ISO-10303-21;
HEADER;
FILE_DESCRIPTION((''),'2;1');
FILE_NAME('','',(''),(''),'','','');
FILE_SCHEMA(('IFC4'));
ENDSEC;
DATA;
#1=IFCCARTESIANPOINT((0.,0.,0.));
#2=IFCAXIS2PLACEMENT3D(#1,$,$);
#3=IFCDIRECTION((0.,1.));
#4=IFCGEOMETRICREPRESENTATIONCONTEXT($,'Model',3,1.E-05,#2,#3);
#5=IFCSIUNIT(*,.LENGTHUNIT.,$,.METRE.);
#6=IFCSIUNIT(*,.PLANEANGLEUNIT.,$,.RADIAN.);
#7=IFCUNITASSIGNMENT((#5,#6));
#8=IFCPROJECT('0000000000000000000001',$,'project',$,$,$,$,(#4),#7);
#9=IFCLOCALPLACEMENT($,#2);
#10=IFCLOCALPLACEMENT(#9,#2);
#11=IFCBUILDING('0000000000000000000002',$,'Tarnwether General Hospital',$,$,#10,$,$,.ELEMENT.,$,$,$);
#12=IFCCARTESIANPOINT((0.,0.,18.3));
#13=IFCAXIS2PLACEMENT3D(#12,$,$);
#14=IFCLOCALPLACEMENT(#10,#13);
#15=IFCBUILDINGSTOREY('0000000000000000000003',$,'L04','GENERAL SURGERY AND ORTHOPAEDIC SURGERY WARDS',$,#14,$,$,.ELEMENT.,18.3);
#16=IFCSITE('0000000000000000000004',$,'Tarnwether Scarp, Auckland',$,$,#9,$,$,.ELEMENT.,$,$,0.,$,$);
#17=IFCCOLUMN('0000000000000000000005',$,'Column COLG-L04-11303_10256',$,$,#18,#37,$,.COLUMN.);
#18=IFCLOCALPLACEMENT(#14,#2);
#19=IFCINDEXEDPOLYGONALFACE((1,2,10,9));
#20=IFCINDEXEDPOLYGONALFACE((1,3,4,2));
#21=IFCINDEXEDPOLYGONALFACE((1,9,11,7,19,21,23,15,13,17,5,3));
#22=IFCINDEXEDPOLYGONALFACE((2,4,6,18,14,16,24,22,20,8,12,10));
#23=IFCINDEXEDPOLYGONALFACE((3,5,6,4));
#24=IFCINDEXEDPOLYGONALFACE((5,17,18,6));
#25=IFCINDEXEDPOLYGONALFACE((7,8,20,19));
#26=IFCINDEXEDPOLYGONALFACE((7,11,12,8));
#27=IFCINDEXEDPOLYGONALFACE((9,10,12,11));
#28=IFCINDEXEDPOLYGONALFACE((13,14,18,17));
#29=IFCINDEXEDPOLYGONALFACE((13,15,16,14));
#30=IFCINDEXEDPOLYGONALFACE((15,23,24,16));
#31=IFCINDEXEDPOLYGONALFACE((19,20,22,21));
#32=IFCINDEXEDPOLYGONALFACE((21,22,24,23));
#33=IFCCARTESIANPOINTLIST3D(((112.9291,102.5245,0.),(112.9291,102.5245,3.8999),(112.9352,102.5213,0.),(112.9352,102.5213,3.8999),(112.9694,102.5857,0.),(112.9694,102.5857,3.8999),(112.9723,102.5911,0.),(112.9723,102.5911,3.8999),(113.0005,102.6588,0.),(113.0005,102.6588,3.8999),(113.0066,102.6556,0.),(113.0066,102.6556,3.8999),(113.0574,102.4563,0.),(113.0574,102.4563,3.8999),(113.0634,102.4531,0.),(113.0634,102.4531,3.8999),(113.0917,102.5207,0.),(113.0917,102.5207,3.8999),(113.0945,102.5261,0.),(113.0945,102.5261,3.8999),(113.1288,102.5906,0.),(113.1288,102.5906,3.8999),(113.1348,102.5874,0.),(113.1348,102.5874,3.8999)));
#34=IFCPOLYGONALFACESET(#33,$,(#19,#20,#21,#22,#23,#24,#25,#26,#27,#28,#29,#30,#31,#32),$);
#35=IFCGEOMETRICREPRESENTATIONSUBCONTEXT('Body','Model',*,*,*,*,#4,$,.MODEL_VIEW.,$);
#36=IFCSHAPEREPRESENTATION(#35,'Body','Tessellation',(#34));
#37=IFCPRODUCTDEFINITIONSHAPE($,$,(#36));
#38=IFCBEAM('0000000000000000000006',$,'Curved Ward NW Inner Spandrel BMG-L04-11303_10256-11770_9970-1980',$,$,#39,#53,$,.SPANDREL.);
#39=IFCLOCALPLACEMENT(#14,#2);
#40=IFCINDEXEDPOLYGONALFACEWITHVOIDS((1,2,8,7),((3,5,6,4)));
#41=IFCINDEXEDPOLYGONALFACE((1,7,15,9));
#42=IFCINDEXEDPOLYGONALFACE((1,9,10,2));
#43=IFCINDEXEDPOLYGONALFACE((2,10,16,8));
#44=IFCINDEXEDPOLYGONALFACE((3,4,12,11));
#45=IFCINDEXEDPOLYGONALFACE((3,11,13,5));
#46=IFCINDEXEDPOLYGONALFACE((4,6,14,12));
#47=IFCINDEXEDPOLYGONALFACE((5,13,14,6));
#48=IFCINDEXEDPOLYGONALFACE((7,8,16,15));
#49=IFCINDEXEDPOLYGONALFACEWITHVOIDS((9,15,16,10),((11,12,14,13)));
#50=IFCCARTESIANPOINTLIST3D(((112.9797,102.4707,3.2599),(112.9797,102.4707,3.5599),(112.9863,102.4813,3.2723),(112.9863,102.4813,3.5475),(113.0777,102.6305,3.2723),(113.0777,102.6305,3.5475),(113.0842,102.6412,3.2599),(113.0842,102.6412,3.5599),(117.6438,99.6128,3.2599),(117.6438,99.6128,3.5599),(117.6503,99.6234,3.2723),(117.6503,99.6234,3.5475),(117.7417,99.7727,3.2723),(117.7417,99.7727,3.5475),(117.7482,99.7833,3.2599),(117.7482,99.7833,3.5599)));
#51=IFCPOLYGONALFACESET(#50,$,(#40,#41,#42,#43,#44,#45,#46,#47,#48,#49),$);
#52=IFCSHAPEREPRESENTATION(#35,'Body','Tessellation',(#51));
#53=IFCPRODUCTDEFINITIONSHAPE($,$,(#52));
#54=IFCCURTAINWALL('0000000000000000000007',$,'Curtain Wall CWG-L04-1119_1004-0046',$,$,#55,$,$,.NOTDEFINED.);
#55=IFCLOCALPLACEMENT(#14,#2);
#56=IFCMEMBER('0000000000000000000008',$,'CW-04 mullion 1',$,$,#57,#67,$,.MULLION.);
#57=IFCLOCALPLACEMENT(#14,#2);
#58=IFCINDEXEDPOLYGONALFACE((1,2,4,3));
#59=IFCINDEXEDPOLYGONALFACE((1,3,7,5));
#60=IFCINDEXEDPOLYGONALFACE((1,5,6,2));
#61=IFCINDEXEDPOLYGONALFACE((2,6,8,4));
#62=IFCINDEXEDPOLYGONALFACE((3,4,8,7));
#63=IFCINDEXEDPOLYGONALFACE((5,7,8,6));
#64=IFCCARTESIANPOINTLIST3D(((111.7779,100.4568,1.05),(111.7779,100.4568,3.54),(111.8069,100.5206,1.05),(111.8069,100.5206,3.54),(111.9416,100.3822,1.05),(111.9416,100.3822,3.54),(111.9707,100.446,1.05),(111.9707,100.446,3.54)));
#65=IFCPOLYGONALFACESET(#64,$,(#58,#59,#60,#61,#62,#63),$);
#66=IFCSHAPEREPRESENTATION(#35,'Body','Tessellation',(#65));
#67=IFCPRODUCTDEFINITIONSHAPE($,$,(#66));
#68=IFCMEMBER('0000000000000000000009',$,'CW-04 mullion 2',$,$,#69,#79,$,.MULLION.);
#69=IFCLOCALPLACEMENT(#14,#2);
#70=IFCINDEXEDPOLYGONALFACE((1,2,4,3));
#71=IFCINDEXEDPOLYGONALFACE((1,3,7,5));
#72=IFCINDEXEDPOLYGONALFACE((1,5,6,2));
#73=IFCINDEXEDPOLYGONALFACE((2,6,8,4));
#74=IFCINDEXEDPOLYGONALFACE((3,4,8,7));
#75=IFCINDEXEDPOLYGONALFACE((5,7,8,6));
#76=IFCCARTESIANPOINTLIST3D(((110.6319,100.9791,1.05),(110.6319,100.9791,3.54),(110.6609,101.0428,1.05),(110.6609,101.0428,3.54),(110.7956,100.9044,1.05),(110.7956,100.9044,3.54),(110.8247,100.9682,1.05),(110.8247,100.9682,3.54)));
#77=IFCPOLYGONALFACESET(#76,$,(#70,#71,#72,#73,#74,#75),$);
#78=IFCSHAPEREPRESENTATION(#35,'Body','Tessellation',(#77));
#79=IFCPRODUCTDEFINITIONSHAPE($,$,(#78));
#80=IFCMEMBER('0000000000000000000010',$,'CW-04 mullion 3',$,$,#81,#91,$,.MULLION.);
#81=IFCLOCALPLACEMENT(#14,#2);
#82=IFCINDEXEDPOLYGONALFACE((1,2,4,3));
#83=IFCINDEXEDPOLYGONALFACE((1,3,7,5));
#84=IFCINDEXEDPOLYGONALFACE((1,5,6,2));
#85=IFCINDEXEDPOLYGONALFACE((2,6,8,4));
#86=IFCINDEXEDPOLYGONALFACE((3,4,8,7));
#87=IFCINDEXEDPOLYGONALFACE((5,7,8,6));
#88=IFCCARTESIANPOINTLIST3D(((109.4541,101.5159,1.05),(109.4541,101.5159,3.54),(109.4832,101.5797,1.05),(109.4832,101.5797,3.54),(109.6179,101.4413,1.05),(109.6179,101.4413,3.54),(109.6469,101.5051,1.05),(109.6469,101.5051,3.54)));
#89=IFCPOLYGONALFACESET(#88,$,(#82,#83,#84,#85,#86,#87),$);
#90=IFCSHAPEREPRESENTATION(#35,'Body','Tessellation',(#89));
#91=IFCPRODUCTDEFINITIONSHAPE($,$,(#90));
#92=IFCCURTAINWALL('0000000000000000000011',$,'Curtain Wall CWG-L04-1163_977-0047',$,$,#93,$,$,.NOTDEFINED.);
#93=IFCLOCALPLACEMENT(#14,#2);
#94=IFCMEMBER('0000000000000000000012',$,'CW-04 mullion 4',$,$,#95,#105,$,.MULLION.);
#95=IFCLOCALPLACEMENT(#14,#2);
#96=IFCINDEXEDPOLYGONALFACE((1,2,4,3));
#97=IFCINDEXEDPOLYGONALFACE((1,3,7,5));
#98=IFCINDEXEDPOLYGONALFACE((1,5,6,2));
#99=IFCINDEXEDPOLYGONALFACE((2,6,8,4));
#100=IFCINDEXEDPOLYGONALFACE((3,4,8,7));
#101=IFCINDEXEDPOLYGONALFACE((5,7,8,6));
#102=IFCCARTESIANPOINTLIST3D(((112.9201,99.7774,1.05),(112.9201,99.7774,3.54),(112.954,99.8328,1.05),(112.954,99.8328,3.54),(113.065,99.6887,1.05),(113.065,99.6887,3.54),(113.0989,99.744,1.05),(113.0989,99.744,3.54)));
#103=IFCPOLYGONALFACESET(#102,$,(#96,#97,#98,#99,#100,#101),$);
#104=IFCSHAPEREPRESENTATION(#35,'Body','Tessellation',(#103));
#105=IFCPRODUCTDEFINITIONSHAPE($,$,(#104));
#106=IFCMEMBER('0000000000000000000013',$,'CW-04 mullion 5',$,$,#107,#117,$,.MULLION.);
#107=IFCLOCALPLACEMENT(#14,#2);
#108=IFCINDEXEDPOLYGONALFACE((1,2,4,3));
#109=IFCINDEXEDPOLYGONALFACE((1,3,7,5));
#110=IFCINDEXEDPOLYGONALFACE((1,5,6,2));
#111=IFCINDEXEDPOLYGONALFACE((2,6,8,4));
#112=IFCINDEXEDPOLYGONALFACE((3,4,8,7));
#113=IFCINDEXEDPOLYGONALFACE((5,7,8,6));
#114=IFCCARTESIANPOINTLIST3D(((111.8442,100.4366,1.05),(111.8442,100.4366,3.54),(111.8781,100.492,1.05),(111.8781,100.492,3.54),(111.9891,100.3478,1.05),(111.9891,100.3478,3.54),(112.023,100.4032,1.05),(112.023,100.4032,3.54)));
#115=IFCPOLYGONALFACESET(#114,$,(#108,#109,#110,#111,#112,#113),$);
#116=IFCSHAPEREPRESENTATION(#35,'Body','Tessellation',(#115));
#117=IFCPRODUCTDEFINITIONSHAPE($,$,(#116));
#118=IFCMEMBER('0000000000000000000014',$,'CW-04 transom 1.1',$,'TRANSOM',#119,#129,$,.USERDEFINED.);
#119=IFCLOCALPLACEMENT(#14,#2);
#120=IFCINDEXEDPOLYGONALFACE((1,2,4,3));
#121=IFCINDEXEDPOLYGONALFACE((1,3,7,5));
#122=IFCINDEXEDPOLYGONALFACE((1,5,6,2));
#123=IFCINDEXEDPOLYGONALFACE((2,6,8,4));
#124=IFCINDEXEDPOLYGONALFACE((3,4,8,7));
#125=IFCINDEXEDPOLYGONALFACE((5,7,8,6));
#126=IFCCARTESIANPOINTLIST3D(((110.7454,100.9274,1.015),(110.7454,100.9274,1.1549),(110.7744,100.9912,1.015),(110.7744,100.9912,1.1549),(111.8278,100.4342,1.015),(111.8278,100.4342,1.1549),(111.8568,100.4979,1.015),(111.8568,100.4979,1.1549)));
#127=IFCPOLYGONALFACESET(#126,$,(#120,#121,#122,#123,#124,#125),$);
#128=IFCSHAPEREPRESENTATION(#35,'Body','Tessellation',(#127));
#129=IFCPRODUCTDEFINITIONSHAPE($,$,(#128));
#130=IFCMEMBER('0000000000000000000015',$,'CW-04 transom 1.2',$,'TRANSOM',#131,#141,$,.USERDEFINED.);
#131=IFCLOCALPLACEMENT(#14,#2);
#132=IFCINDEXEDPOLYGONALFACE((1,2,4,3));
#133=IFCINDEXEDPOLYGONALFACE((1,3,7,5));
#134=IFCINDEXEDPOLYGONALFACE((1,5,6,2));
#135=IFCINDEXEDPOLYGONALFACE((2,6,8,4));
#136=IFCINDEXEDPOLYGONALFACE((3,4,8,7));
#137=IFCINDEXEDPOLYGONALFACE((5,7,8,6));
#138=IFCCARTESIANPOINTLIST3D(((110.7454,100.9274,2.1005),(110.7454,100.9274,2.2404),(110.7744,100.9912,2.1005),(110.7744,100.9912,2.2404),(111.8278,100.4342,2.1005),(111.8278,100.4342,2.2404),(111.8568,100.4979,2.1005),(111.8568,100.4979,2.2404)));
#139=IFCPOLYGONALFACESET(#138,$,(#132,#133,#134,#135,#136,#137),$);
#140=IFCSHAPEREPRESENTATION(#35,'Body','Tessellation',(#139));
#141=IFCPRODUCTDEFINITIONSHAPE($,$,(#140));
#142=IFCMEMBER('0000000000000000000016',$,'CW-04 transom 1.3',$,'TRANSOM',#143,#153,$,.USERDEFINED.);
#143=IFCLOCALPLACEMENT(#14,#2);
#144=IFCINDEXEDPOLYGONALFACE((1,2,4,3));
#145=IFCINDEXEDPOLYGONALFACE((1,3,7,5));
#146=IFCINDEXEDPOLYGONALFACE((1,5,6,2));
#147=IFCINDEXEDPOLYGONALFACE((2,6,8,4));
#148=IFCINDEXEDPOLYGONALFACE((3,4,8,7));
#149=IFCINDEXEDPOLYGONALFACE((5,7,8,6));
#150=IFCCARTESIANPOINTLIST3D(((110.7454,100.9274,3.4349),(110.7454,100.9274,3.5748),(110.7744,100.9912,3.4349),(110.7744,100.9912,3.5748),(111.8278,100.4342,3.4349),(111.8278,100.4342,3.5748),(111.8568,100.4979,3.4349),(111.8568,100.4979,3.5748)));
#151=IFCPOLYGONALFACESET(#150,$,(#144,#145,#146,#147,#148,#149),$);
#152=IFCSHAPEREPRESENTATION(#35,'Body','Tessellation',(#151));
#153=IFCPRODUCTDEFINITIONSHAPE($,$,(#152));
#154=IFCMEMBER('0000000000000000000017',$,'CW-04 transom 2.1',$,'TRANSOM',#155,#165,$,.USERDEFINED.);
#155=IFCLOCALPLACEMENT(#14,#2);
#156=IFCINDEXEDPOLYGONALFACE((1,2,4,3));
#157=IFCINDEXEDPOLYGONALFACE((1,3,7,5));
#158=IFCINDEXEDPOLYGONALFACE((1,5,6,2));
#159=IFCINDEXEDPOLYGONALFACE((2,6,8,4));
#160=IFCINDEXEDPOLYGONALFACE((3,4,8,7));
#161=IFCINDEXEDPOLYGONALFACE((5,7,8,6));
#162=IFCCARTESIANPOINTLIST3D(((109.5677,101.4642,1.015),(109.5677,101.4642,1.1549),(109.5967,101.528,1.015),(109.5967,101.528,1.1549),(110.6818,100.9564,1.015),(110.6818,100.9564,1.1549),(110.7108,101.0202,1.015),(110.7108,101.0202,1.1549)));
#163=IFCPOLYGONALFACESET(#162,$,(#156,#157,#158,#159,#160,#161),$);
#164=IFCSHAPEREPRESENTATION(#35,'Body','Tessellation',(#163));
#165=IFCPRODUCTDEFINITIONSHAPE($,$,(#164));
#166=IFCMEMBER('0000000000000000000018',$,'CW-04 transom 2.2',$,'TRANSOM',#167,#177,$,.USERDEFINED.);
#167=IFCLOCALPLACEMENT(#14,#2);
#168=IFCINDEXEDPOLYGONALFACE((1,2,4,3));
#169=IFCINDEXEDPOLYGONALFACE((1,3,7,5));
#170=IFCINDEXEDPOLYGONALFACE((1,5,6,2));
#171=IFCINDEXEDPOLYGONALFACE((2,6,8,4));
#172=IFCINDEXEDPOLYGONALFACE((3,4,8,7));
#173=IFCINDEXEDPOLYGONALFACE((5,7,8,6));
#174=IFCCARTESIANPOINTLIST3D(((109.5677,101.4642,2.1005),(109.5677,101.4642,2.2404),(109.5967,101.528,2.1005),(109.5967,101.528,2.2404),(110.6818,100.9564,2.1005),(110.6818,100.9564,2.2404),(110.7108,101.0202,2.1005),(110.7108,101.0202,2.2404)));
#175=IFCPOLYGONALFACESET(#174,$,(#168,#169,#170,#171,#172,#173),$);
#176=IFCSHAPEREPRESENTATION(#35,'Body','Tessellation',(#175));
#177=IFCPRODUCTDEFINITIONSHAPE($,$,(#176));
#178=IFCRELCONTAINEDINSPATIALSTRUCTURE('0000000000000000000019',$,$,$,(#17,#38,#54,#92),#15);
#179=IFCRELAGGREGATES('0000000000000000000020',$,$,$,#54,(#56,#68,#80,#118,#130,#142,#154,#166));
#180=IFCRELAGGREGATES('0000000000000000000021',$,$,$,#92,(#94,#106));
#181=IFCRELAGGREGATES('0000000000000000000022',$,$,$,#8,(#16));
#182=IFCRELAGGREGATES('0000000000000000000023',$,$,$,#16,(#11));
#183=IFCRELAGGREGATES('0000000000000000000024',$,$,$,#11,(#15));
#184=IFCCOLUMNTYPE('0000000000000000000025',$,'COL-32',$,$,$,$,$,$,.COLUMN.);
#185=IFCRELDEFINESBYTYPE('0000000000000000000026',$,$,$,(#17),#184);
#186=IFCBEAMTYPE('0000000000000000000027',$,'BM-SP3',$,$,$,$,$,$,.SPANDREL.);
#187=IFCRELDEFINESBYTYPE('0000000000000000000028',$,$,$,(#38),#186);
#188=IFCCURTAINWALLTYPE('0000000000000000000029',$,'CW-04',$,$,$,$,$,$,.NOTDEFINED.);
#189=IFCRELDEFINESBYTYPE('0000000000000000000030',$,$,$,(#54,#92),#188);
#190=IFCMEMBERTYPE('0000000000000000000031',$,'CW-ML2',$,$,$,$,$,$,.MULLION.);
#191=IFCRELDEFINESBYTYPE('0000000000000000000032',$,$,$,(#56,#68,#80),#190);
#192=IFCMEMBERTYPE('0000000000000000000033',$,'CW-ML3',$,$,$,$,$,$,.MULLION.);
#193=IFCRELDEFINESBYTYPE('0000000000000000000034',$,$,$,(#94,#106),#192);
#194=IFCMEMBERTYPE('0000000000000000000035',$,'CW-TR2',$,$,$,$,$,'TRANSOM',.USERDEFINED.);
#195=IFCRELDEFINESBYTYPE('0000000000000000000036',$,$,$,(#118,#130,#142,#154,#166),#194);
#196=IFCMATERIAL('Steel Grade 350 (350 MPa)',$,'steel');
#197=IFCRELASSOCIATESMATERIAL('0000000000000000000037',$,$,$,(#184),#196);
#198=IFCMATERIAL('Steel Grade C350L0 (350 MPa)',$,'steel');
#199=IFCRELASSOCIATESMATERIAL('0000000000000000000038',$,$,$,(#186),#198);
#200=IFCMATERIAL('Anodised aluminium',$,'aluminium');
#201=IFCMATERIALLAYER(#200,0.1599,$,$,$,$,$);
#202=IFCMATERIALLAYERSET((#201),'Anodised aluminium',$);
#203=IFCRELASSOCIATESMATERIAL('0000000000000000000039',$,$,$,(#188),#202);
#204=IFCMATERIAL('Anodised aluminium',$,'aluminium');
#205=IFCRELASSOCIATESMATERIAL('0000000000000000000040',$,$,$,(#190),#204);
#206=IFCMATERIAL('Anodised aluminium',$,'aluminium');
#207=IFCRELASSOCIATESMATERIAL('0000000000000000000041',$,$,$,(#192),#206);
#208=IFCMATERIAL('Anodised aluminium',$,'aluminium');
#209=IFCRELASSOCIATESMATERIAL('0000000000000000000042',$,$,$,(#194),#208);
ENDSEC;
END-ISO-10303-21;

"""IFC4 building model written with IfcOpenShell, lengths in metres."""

from ifc_helpers import new_model, si_unit, direction, frame, origin, origin_2d, place, context, subcontext, project, spatial, rectangle, hollow_rectangle, i_section, extrude, material, layer, layer_set, material_profile, profile_set, type_object, element, aggregate, save


model = new_model("IFC4")

# Units and contexts
model_context = context("Model", 3, precision=1e-05, world=origin(), true_north=direction((0.0, 1.0)))
body_context = subcontext(model_context, "Body", "Model", "MODEL_VIEW")
ifc_project = project(units=[si_unit("LENGTHUNIT", "METRE"), si_unit("PLANEANGLEUNIT", "RADIAN")], contexts=[model_context])

# Site, building, storey
site_placement = place(None, origin())
site = spatial("IfcSite", under=ifc_project, at=site_placement, Name="Tarnwether Scarp, Auckland", CompositionType="ELEMENT", RefElevation=0.0)
building_placement = place(site_placement, origin())
building = spatial("IfcBuilding", under=site, at=building_placement, Name="Tarnwether General Hospital", CompositionType="ELEMENT")
storey_placement = place(building_placement, frame((0.0, 0.0, 18.3)))
storey = spatial("IfcBuildingStorey", under=building, at=storey_placement, Name="L04", Description="GENERAL SURGERY AND ORTHOPAEDIC SURGERY WARDS", CompositionType="ELEMENT", Elevation=18.3)

# Column
ifc_material_1 = material(Name="Steel Grade 350 (350 MPa)", Category="steel")
ifc_material_profile_1 = material_profile(ifc_material_1, i_section(OverallWidth=0.1521, OverallDepth=0.1521, WebThickness=0.0061, FlangeThickness=0.0068, at=origin_2d()), Name="150UC23.4")
ifc_profile_set_1 = profile_set([ifc_material_profile_1], Name="Steel Grade 350 (350 MPa)")
column_type = type_object("IfcColumnType", Name="COL-32", PredefinedType="COLUMN", material=ifc_profile_set_1)
column_placement = place(storey_placement, frame((113.032, 102.5559, 0.0), z_axis=(0.0, 0.0, 1.0), x_axis=(0.469472, 0.882948, 0.0)))
element("IfcColumn", 1, at=column_placement, inside=storey, type_object=column_type, Name="Column COLG-L04-11303_10256", PredefinedType="COLUMN", context=body_context, shape_type="SweptSolid", body=[
    extrude(i_section(OverallWidth=0.1521, OverallDepth=0.1521, WebThickness=0.0061, FlangeThickness=0.0068, at=origin_2d()), origin(), (0.0, 0.0, 1.0), 3.8999),
])

# Beam
ifc_material_2 = material(Name="Steel Grade C350L0 (350 MPa)", Category="steel")
ifc_material_profile_2 = material_profile(ifc_material_2, hollow_rectangle(XDim=0.2, YDim=0.3, WallThickness=0.0125, at=origin_2d()), Name="RHS300x200x12.5")
ifc_profile_set_2 = profile_set([ifc_material_profile_2], Name="Steel Grade C350L0 (350 MPa)")
beam_type = type_object("IfcBeamType", Name="BM-SP3", PredefinedType="SPANDREL", material=ifc_profile_set_2)
beam_placement = place(storey_placement, frame((113.032, 102.5559, 3.4099), z_axis=(0.852659, -0.522468, 0.0), x_axis=(0.522468, 0.852659, 0.0)))
element("IfcBeam", 2, at=beam_placement, inside=storey, type_object=beam_type, Name="Curved Ward NW Inner Spandrel BMG-L04-11303_10256-11770_9970-1980", PredefinedType="SPANDREL", context=body_context, shape_type="SweptSolid", body=[
    extrude(hollow_rectangle(XDim=0.2, YDim=0.3, WallThickness=0.0125, at=origin_2d()), origin(), (0.0, 0.0, 1.0), 5.47),
])

# Curtain walls, members
ifc_material_3 = material(Name="Anodised aluminium", Category="aluminium")
ifc_layer_1 = layer(ifc_material_3, 0.1599)
ifc_layer_set_1 = layer_set([ifc_layer_1], Name="Anodised aluminium")
curtain_wall_type = type_object("IfcCurtainWallType", Name="CW-04", PredefinedType="NOTDEFINED", material=ifc_layer_set_1)
curtain_wall_1_placement = place(storey_placement, origin())
curtain_wall_1 = element("IfcCurtainWall", 3, at=curtain_wall_1_placement, inside=storey, type_object=curtain_wall_type, Name="Curtain Wall CWG-L04-1119_1004-0046", PredefinedType="NOTDEFINED")
ifc_material_4 = material(Name="Anodised aluminium", Category="aluminium")
ifc_material_profile_3 = material_profile(ifc_material_4, rectangle(XDim=0.0701, YDim=0.1799, at=origin_2d()), Name="ALU-MUL-70x180")
ifc_profile_set_3 = profile_set([ifc_material_profile_3], Name="Anodised aluminium")
member_type_1 = type_object("IfcMemberType", Name="CW-ML2", PredefinedType="MULLION", material=ifc_profile_set_3)
member_1_placement = place(storey_placement, frame((111.8743, 100.4514, 1.05), z_axis=(0.0, 0.0, 1.0), x_axis=(-0.414705, -0.909956, 0.0)))
member_1 = element("IfcMember", 4, at=member_1_placement, type_object=member_type_1, Name="CW-04 mullion 1", PredefinedType="MULLION", context=body_context, shape_type="SweptSolid", body=[
    extrude(rectangle(XDim=0.0701, YDim=0.1799, at=origin_2d()), origin(), (0.0, 0.0, 1.0), 2.49),
])
member_2_placement = place(storey_placement, frame((110.7283, 100.9736, 1.05), z_axis=(0.0, 0.0, 1.0), x_axis=(-0.414705, -0.909956, 0.0)))
member_2 = element("IfcMember", 5, at=member_2_placement, type_object=member_type_1, Name="CW-04 mullion 2", PredefinedType="MULLION", context=body_context, shape_type="SweptSolid", body=[
    extrude(rectangle(XDim=0.0701, YDim=0.1799, at=origin_2d()), origin(), (0.0, 0.0, 1.0), 2.49),
])
member_3_placement = place(storey_placement, frame((109.5505, 101.5105, 1.05), z_axis=(0.0, 0.0, 1.0), x_axis=(-0.414705, -0.909956, 0.0)))
member_3 = element("IfcMember", 6, at=member_3_placement, type_object=member_type_1, Name="CW-04 mullion 3", PredefinedType="MULLION", context=body_context, shape_type="SweptSolid", body=[
    extrude(rectangle(XDim=0.0701, YDim=0.1799, at=origin_2d()), origin(), (0.0, 0.0, 1.0), 2.49),
])
curtain_wall_2_placement = place(storey_placement, origin())
curtain_wall_2 = element("IfcCurtainWall", 7, at=curtain_wall_2_placement, inside=storey, type_object=curtain_wall_type, Name="Curtain Wall CWG-L04-1163_977-0047", PredefinedType="NOTDEFINED")
ifc_material_5 = material(Name="Anodised aluminium", Category="aluminium")
ifc_material_profile_4 = material_profile(ifc_material_5, rectangle(XDim=0.0649, YDim=0.1699, at=origin_2d()), Name="ALU-MUL-65x170")
ifc_profile_set_4 = profile_set([ifc_material_profile_4], Name="Anodised aluminium")
member_type_2 = type_object("IfcMemberType", Name="CW-ML3", PredefinedType="MULLION", material=ifc_profile_set_4)
member_4_placement = place(storey_placement, frame((113.0095, 99.7607, 1.05), z_axis=(0.0, 0.0, 1.0), x_axis=(-0.522512, -0.852632, 0.0)))
member_4 = element("IfcMember", 8, at=member_4_placement, type_object=member_type_2, Name="CW-04 mullion 4", PredefinedType="MULLION", context=body_context, shape_type="SweptSolid", body=[
    extrude(rectangle(XDim=0.0649, YDim=0.1699, at=origin_2d()), origin(), (0.0, 0.0, 1.0), 2.49),
])
member_5_placement = place(storey_placement, frame((111.9336, 100.4199, 1.05), z_axis=(0.0, 0.0, 1.0), x_axis=(-0.522512, -0.852632, 0.0)))
member_5 = element("IfcMember", 9, at=member_5_placement, type_object=member_type_2, Name="CW-04 mullion 5", PredefinedType="MULLION", context=body_context, shape_type="SweptSolid", body=[
    extrude(rectangle(XDim=0.0649, YDim=0.1699, at=origin_2d()), origin(), (0.0, 0.0, 1.0), 2.49),
])

# Members
ifc_material_6 = material(Name="Anodised aluminium", Category="aluminium")
ifc_material_profile_5 = material_profile(ifc_material_6, rectangle(XDim=0.0701, YDim=0.1399, at=origin_2d()), Name="ALU-TRN-70x140")
ifc_profile_set_5 = profile_set([ifc_material_profile_5], Name="Anodised aluminium")
member_type_3 = type_object("IfcMemberType", Name="CW-TR2", ElementType="TRANSOM", PredefinedType="USERDEFINED", material=ifc_profile_set_5)
member_6_placement = place(storey_placement, frame((111.8423, 100.4661, 1.085), z_axis=(-0.909979, 0.414653, 0.0), x_axis=(-0.414653, -0.909979, 0.0)))
member_6 = element("IfcMember", 10, at=member_6_placement, type_object=member_type_3, Name="CW-04 transom 1.1", ObjectType="TRANSOM", PredefinedType="USERDEFINED", context=body_context, shape_type="SweptSolid", body=[
    extrude(rectangle(XDim=0.0701, YDim=0.1399, at=origin_2d()), origin(), (0.0, 0.0, 1.0), 1.1895),
])
member_7_placement = place(storey_placement, frame((111.8423, 100.4661, 2.1704), z_axis=(-0.909979, 0.414653, 0.0), x_axis=(-0.414653, -0.909979, 0.0)))
member_7 = element("IfcMember", 11, at=member_7_placement, type_object=member_type_3, Name="CW-04 transom 1.2", ObjectType="TRANSOM", PredefinedType="USERDEFINED", context=body_context, shape_type="SweptSolid", body=[
    extrude(rectangle(XDim=0.0701, YDim=0.1399, at=origin_2d()), origin(), (0.0, 0.0, 1.0), 1.1895),
])
member_8_placement = place(storey_placement, frame((111.8423, 100.4661, 3.5049), z_axis=(-0.909979, 0.414653, 0.0), x_axis=(-0.414653, -0.909979, 0.0)))
member_8 = element("IfcMember", 12, at=member_8_placement, type_object=member_type_3, Name="CW-04 transom 1.3", ObjectType="TRANSOM", PredefinedType="USERDEFINED", context=body_context, shape_type="SweptSolid", body=[
    extrude(rectangle(XDim=0.0701, YDim=0.1399, at=origin_2d()), origin(), (0.0, 0.0, 1.0), 1.1895),
])
member_9_placement = place(storey_placement, frame((110.6963, 100.9883, 1.085), z_axis=(-0.909922, 0.414779, 0.0), x_axis=(-0.414779, -0.909922, 0.0)))
member_9 = element("IfcMember", 13, at=member_9_placement, type_object=member_type_3, Name="CW-04 transom 2.1", ObjectType="TRANSOM", PredefinedType="USERDEFINED", context=body_context, shape_type="SweptSolid", body=[
    extrude(rectangle(XDim=0.0701, YDim=0.1399, at=origin_2d()), origin(), (0.0, 0.0, 1.0), 1.2244),
])
member_10_placement = place(storey_placement, frame((110.6963, 100.9883, 2.1704), z_axis=(-0.909922, 0.414779, 0.0), x_axis=(-0.414779, -0.909922, 0.0)))
member_10 = element("IfcMember", 14, at=member_10_placement, type_object=member_type_3, Name="CW-04 transom 2.2", ObjectType="TRANSOM", PredefinedType="USERDEFINED", context=body_context, shape_type="SweptSolid", body=[
    extrude(rectangle(XDim=0.0701, YDim=0.1399, at=origin_2d()), origin(), (0.0, 0.0, 1.0), 1.2244),
])

aggregate(curtain_wall_1, [member_1, member_2, member_3, member_6, member_7, member_8, member_9, member_10])
aggregate(curtain_wall_2, [member_4, member_5])

save(model, "model.ifc")
